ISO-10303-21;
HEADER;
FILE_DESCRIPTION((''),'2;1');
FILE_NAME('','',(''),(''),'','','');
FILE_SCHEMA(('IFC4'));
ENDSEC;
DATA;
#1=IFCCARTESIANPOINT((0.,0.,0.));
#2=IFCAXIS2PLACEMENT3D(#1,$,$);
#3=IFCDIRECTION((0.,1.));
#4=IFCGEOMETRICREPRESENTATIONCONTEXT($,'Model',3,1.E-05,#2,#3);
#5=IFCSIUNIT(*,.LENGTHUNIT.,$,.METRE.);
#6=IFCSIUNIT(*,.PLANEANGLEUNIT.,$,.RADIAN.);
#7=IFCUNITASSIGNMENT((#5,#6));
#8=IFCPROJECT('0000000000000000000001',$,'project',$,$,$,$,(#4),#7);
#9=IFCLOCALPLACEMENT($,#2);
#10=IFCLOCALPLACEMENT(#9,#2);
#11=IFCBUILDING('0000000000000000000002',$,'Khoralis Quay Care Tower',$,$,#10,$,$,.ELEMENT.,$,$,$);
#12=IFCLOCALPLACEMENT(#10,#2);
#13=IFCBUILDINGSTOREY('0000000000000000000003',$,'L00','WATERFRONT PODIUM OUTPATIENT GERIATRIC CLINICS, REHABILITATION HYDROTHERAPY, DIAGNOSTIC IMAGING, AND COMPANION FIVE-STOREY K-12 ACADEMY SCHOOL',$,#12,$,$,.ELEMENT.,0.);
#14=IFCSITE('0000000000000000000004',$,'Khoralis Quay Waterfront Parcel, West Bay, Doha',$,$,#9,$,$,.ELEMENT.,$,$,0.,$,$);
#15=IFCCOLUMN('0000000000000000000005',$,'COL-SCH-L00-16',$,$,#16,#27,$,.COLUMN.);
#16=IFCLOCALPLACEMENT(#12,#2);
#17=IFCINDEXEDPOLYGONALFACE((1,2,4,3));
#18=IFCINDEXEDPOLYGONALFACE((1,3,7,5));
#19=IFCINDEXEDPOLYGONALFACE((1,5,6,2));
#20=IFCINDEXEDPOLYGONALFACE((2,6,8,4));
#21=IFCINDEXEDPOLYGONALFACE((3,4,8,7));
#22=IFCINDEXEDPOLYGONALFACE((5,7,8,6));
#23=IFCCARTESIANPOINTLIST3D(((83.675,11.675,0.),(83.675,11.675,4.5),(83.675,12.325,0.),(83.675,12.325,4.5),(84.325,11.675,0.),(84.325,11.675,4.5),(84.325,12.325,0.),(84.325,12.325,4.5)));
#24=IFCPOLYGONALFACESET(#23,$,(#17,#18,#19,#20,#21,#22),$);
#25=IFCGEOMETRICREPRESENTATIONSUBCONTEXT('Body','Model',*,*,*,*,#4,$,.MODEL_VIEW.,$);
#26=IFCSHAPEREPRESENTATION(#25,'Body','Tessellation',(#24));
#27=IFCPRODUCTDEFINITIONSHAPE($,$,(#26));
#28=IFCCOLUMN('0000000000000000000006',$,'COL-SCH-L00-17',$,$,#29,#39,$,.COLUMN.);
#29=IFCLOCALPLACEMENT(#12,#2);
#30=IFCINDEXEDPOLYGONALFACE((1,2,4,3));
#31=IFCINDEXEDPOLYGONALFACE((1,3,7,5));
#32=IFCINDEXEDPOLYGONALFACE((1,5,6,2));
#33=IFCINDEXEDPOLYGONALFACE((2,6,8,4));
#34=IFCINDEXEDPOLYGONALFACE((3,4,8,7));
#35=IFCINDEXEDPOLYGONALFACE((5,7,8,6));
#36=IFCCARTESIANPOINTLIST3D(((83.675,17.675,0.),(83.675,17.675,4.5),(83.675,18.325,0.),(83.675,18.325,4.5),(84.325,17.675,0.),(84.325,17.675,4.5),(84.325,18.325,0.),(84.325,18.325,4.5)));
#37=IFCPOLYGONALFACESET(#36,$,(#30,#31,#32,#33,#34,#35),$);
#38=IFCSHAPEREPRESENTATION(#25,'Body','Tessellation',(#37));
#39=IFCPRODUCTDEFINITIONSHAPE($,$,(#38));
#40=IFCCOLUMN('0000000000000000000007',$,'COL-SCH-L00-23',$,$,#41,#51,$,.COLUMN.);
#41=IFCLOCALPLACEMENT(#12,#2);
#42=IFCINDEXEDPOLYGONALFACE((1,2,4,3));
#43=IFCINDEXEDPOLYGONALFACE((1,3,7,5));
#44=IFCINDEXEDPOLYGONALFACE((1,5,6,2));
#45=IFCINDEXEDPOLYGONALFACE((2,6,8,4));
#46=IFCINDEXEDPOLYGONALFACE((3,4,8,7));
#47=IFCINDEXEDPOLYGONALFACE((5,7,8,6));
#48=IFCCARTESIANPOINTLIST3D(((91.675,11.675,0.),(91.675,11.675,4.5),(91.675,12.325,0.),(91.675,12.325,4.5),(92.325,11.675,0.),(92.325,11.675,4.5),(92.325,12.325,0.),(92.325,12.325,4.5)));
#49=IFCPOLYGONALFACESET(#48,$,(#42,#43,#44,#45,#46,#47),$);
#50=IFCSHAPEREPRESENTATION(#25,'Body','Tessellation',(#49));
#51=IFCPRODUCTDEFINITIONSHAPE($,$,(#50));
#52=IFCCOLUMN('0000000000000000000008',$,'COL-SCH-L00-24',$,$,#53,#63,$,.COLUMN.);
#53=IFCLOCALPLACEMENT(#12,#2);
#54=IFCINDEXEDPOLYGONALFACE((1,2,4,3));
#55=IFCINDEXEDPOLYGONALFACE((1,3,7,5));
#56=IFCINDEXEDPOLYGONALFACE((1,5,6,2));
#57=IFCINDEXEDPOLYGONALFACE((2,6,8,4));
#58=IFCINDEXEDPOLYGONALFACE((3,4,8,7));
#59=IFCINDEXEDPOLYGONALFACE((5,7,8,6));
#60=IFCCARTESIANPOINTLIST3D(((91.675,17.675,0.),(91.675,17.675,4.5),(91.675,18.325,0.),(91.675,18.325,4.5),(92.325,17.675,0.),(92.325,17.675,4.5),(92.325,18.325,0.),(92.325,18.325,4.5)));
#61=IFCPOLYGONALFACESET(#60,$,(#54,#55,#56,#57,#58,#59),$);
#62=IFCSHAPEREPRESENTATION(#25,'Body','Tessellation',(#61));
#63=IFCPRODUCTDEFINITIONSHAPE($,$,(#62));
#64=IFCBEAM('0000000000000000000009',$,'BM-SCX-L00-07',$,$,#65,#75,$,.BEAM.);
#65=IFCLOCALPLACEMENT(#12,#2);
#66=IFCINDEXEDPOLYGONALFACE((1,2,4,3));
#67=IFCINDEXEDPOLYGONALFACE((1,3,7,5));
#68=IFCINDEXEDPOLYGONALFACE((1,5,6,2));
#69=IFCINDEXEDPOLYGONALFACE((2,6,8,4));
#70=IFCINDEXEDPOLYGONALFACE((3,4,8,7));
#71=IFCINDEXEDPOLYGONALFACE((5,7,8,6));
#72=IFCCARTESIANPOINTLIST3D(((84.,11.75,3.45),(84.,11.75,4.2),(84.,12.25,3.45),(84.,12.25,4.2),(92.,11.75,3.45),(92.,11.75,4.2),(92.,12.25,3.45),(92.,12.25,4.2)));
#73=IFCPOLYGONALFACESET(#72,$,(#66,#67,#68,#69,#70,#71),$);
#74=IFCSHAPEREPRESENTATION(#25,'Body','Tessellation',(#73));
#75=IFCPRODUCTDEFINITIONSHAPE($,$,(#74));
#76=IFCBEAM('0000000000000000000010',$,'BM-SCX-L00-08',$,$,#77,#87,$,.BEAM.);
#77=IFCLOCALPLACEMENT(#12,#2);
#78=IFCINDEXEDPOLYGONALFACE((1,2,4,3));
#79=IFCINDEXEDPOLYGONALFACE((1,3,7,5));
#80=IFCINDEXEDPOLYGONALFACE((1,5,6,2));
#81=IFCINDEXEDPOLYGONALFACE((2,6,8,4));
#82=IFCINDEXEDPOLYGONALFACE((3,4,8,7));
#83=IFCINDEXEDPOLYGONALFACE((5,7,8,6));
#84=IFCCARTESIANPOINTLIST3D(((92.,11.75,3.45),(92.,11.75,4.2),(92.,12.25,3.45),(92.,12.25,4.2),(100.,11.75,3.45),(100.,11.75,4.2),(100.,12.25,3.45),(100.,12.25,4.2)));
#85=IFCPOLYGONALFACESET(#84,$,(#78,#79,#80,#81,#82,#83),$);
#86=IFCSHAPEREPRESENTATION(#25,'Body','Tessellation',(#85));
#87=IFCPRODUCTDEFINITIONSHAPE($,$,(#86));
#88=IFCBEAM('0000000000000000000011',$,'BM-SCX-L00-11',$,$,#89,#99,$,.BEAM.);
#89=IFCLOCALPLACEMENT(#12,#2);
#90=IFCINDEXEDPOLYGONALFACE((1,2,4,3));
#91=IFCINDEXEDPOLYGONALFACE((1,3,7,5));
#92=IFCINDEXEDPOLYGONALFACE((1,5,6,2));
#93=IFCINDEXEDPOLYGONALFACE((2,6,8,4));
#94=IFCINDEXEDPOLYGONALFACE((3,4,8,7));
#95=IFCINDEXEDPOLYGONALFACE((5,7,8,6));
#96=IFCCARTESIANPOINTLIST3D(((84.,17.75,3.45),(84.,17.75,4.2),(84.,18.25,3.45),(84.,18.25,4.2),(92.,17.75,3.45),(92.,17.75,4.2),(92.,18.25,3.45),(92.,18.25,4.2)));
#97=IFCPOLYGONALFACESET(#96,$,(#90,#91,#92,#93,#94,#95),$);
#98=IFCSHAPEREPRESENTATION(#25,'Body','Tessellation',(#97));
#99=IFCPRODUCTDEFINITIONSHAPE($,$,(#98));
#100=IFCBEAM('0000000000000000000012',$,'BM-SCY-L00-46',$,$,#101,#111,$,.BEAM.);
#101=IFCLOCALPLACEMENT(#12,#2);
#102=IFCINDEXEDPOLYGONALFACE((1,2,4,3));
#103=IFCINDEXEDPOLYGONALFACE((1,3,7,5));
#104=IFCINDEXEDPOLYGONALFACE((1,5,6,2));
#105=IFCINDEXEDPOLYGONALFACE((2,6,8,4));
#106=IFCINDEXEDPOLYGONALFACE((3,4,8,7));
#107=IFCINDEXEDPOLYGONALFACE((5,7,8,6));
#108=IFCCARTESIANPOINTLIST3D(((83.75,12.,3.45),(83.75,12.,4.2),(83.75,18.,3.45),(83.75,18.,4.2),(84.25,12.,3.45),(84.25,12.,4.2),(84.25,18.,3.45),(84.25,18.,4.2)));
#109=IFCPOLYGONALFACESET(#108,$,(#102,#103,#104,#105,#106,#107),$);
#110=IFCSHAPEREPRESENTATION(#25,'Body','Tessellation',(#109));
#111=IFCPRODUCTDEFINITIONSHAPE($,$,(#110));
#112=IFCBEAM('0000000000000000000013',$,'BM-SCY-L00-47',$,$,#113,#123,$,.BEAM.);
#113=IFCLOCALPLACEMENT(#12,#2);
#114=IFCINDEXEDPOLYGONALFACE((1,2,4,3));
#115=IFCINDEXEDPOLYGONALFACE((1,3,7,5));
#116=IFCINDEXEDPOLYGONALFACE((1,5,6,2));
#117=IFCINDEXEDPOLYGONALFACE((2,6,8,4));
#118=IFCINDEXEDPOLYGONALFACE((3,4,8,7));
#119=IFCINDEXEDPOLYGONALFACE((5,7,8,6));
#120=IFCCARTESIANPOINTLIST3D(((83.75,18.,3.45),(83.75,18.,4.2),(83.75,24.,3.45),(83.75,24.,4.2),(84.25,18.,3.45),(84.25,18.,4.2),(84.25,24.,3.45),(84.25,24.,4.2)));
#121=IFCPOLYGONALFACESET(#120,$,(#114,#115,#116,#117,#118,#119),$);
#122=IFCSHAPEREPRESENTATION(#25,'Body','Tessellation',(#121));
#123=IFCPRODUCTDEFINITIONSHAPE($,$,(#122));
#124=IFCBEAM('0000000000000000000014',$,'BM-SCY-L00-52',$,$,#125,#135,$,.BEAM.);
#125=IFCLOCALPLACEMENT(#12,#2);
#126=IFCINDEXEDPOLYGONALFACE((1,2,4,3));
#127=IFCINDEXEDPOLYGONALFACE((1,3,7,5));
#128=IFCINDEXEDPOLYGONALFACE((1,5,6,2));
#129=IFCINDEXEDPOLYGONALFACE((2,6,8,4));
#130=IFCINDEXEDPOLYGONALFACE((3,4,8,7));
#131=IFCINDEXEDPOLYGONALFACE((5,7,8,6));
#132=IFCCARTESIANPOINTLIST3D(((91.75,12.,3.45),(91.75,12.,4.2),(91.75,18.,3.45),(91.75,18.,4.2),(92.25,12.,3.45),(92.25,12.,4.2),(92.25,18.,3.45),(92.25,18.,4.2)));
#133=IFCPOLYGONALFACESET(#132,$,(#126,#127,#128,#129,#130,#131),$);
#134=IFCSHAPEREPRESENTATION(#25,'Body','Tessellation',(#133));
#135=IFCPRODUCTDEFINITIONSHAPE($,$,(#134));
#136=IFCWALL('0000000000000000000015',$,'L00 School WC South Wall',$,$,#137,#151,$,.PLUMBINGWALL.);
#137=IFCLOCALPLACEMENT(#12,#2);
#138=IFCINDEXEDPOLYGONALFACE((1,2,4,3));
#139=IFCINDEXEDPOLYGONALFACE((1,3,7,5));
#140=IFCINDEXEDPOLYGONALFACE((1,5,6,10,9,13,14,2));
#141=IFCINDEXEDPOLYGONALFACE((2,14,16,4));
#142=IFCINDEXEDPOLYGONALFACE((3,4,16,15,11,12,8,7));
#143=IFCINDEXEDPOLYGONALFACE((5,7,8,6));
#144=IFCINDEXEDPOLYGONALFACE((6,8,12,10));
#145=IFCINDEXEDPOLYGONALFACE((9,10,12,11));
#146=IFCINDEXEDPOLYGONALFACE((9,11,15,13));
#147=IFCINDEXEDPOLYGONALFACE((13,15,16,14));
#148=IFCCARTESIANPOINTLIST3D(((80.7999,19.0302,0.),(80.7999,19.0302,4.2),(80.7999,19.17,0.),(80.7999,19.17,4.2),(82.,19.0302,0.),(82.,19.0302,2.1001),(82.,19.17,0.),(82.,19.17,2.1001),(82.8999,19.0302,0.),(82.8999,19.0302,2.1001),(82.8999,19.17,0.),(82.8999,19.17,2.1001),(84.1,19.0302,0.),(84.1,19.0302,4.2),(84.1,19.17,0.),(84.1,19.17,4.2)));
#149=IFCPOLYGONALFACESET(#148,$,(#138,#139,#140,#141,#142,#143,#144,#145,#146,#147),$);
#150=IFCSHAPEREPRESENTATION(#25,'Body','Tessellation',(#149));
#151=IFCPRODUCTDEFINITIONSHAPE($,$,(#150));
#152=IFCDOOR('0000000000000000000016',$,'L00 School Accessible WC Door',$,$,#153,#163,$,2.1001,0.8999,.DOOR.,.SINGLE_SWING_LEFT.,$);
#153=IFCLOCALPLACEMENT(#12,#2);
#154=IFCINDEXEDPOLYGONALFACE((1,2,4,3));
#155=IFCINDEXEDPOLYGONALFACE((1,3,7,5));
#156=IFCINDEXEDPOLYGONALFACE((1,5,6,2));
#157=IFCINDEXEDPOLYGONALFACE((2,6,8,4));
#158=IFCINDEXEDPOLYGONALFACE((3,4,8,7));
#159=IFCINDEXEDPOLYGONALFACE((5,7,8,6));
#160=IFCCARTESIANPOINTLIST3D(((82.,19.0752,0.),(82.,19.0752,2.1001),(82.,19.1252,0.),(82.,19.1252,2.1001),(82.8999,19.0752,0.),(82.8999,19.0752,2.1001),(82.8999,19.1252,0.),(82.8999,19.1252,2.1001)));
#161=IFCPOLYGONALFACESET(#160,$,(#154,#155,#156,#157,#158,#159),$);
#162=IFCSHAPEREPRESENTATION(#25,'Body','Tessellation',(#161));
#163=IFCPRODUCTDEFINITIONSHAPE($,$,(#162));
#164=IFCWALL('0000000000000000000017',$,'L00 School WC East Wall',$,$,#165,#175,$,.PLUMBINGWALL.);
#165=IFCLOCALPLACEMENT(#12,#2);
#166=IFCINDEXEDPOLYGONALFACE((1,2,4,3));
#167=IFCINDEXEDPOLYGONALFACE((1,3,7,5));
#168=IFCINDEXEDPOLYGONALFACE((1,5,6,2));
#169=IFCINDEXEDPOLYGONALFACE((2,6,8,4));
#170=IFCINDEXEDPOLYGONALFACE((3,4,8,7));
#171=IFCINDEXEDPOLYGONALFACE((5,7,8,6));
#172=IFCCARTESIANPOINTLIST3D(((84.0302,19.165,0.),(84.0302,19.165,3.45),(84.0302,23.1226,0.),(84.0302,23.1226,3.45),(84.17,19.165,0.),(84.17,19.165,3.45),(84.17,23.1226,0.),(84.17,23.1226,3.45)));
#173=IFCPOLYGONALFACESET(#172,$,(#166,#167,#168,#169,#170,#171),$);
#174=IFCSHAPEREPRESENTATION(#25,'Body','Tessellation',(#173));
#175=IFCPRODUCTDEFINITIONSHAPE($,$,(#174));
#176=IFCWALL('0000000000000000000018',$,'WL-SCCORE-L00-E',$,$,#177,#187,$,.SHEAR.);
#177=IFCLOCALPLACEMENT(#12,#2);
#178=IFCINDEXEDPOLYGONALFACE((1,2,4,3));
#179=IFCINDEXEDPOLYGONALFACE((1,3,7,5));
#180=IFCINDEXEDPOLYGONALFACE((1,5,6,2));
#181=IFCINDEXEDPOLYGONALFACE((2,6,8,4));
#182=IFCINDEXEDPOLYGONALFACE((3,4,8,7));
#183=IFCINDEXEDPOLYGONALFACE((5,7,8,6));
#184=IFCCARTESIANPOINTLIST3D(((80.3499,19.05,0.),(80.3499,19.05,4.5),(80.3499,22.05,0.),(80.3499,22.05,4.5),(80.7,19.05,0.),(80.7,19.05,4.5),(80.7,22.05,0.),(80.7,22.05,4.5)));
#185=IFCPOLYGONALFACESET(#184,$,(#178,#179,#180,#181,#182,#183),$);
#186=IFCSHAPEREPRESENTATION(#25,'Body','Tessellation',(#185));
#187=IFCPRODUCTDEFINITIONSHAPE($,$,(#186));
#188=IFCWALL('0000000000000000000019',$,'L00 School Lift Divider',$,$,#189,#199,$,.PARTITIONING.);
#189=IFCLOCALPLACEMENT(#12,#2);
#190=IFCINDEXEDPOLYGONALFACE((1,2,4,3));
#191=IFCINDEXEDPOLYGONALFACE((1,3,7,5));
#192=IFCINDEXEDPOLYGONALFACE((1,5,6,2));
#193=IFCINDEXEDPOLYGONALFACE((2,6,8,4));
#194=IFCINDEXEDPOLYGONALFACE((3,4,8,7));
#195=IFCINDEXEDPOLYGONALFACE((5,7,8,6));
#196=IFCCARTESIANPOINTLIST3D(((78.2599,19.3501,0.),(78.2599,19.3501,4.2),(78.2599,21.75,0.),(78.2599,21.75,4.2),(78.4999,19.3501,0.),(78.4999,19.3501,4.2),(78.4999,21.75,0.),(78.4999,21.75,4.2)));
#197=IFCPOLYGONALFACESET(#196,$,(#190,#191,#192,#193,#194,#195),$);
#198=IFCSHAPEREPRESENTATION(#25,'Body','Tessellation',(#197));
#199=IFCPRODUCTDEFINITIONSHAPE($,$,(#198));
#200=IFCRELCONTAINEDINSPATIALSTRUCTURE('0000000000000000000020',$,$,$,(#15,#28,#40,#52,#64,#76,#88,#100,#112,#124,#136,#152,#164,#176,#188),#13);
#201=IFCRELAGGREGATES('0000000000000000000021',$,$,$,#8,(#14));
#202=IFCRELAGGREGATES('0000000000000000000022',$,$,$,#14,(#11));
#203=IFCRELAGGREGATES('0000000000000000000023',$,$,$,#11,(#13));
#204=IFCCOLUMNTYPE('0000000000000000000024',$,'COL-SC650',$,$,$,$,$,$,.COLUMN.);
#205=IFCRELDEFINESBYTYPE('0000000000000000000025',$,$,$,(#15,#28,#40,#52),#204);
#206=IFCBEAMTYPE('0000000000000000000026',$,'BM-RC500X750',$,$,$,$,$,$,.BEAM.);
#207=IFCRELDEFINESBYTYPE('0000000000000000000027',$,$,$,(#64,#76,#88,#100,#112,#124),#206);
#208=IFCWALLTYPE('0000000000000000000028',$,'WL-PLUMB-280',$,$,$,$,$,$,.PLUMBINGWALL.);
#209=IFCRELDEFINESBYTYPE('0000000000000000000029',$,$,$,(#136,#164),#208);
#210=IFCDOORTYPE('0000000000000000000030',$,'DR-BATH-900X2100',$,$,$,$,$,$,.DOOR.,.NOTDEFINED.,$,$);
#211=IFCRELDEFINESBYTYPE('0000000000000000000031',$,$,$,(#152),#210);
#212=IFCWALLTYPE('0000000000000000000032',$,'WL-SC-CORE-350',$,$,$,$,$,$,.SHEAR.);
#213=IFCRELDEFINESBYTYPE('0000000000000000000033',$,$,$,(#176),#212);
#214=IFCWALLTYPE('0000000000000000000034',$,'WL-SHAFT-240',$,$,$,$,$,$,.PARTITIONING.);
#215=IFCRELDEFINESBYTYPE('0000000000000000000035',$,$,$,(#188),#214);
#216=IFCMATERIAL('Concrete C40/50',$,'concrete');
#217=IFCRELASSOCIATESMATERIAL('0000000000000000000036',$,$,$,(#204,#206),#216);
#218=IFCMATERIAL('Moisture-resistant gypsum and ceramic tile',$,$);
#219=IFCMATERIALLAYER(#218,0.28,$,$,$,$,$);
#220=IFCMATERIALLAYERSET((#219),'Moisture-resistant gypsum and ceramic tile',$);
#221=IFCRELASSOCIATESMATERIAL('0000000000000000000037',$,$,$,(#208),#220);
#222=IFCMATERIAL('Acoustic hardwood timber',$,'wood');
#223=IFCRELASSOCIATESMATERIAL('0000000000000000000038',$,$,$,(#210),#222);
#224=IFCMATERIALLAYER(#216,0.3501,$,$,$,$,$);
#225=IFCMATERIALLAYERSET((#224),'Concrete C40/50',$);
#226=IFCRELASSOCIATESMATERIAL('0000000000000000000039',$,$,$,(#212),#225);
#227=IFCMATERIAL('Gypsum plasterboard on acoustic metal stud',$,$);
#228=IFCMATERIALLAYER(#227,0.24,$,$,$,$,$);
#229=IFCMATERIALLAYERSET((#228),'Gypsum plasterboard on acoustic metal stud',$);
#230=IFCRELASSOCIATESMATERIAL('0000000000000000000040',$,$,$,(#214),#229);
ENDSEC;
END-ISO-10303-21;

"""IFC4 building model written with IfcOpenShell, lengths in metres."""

from ifc_helpers import new_model, si_unit, direction, frame, frame_2d, origin, origin_2d, place, context, subcontext, project, spatial, rectangle, extrude, source, transform, mapped, material, layer, layer_set, material_profile, profile_set, type_object, element, fill, save


model = new_model("IFC4")

# Units and contexts
model_context = context("Model", 3, precision=1e-05, world=origin(), true_north=direction((0.0, 1.0)))
body_context = subcontext(model_context, "Body", "Model", "MODEL_VIEW")
ifc_project = project(units=[si_unit("LENGTHUNIT", "METRE"), si_unit("PLANEANGLEUNIT", "RADIAN")], contexts=[model_context])

# Site, building, storey
site_placement = place(None, origin())
site = spatial("IfcSite", under=ifc_project, at=site_placement, Name="Khoralis Quay Waterfront Parcel, West Bay, Doha", CompositionType="ELEMENT", RefElevation=0.0)
building_placement = place(site_placement, origin())
building = spatial("IfcBuilding", under=site, at=building_placement, Name="Khoralis Quay Care Tower", CompositionType="ELEMENT")
storey_placement = place(building_placement, origin())
storey = spatial("IfcBuildingStorey", under=building, at=storey_placement, Name="L00", Description="WATERFRONT PODIUM OUTPATIENT GERIATRIC CLINICS, REHABILITATION HYDROTHERAPY, DIAGNOSTIC IMAGING, AND COMPANION FIVE-STOREY K-12 ACADEMY SCHOOL", CompositionType="ELEMENT", Elevation=0.0)

# Columns
ifc_material_1 = material(Name="Concrete C40/50", Category="concrete")
ifc_material_profile_1 = material_profile(ifc_material_1, rectangle(XDim=0.6499, YDim=0.6499, at=origin_2d()), Name="Concrete C40/50")
ifc_profile_set_1 = profile_set([ifc_material_profile_1], Name="Concrete C40/50")
column_type = type_object("IfcColumnType", Name="COL-SC650", PredefinedType="COLUMN", material=ifc_profile_set_1)
shared_shape_1 = source(origin(), body_context, "Body", "SweptSolid", [
    extrude(rectangle(XDim=0.6499, YDim=0.6499, at=origin_2d()), origin(), (0.0, 0.0, 1.0), 4.5),
])
for number, where, z_axis, x_axis, name in (
    (1, (84.0, 12.0, 0.0), (0.0, 0.0, 1.0), (1.0, 0.0, 0.0), "COL-SCH-L00-16"),
    (2, (84.0, 18.0, 0.0), (0.0, 0.0, 1.0), (1.0, 0.0, 0.0), "COL-SCH-L00-17"),
    (3, (92.0, 12.0, 0.0), (0.0, 0.0, 1.0), (1.0, 0.0, 0.0), "COL-SCH-L00-23"),
    (4, (92.0, 18.0, 0.0), (0.0, 0.0, 1.0), (1.0, 0.0, 0.0), "COL-SCH-L00-24"),
):
    element("IfcColumn", number, at=place(storey_placement, frame(where, z_axis=z_axis, x_axis=x_axis)), inside=storey, type_object=column_type, Name=name, PredefinedType="COLUMN", context=body_context, shape_type="MappedRepresentation", body=[
        mapped(shared_shape_1, transform((0.0, 0.0, 0.0), scale=1.0)),
    ])

# Beams
ifc_material_profile_2 = material_profile(ifc_material_1, rectangle(XDim=0.5, YDim=0.75, at=origin_2d()), Name="Concrete C40/50")
ifc_profile_set_2 = profile_set([ifc_material_profile_2], Name="Concrete C40/50")
beam_type = type_object("IfcBeamType", Name="BM-RC500X750", PredefinedType="BEAM", material=ifc_profile_set_2)
shared_shape_2 = source(origin(), body_context, "Body", "SweptSolid", [
    extrude(rectangle(XDim=0.5, YDim=0.75, at=origin_2d()), origin(), (0.0, 0.0, 1.0), 8.0),
])
for number, where, z_axis, x_axis, name in (
    (5, (84.0, 12.0, 3.825), (1.0, 0.0, 0.0), (0.0, 1.0, 0.0), "BM-SCX-L00-07"),
    (6, (92.0, 12.0, 3.825), (1.0, 0.0, 0.0), (0.0, 1.0, 0.0), "BM-SCX-L00-08"),
    (7, (84.0, 18.0, 3.825), (1.0, 0.0, 0.0), (0.0, 1.0, 0.0), "BM-SCX-L00-11"),
):
    element("IfcBeam", number, at=place(storey_placement, frame(where, z_axis=z_axis, x_axis=x_axis)), inside=storey, type_object=beam_type, Name=name, PredefinedType="BEAM", context=body_context, shape_type="MappedRepresentation", body=[
        mapped(shared_shape_2, transform((0.0, 0.0, 0.0), scale=1.0)),
    ])
shared_shape_3 = source(origin(), body_context, "Body", "SweptSolid", [
    extrude(rectangle(XDim=0.5, YDim=0.75, at=origin_2d()), origin(), (0.0, 0.0, 1.0), 6.0),
])
for number, where, z_axis, x_axis, name in (
    (8, (84.0, 12.0, 3.825), (0.0, 1.0, 0.0), (-1.0, 0.0, 0.0), "BM-SCY-L00-46"),
    (9, (84.0, 18.0, 3.825), (0.0, 1.0, 0.0), (-1.0, 0.0, 0.0), "BM-SCY-L00-47"),
    (10, (92.0, 12.0, 3.825), (0.0, 1.0, 0.0), (-1.0, 0.0, 0.0), "BM-SCY-L00-52"),
):
    element("IfcBeam", number, at=place(storey_placement, frame(where, z_axis=z_axis, x_axis=x_axis)), inside=storey, type_object=beam_type, Name=name, PredefinedType="BEAM", context=body_context, shape_type="MappedRepresentation", body=[
        mapped(shared_shape_3, transform((0.0, 0.0, 0.0), scale=1.0)),
    ])

# Wall, opening, door
ifc_material_2 = material(Name="Moisture-resistant gypsum and ceramic tile")
ifc_layer_1 = layer(ifc_material_2, 0.28)
ifc_layer_set_1 = layer_set([ifc_layer_1], Name="Moisture-resistant gypsum and ceramic tile")
wall_type_1 = type_object("IfcWallType", Name="WL-PLUMB-280", PredefinedType="PLUMBINGWALL", material=ifc_layer_set_1)
wall_1_placement = place(storey_placement, frame((80.8, 19.1001, 0.0), z_axis=(0.0, 0.0, 1.0), x_axis=(1.0, 0.0, 0.0)))
wall_1 = element("IfcWall", 11, at=wall_1_placement, inside=storey, type_object=wall_type_1, Name="L00 School WC South Wall", PredefinedType="PLUMBINGWALL", context=body_context, shape_type="SweptSolid", body=[
    extrude(rectangle(XDim=3.3, YDim=0.1399, at=frame_2d((1.6499, 0.0))), origin(), (0.0, 0.0, 1.0), 4.2),
])
opening_placement = place(wall_1_placement, frame((1.2, 0.0, 0.0)))
opening = element("IfcOpeningElement", 12, at=opening_placement, cuts=wall_1, PredefinedType="OPENING", context=body_context, shape_type="SweptSolid", body=[
    extrude(rectangle(XDim=0.8999, YDim=2.1001, at=frame_2d((0.45, 1.05))), frame((0.0, 0.0801, 0.0), z_axis=(0.0, -1.0, 0.0), x_axis=(1.0, 0.0, 0.0)), (0.0, 0.0, 1.0), 0.1599),
])
ifc_material_3 = material(Name="Acoustic hardwood timber", Category="wood")
door_type = type_object("IfcDoorType", Name="DR-BATH-900X2100", OperationType="NOTDEFINED", PredefinedType="DOOR", material=ifc_material_3)
shared_shape_4 = source(origin(), body_context, "Body", "SweptSolid", [
    extrude(rectangle(XDim=0.8999, YDim=2.1001, at=frame_2d((0.45, 1.05))), frame((0.0, 0.0249, 0.0), z_axis=(0.0, -1.0, 0.0), x_axis=(1.0, 0.0, 0.0)), (0.0, 0.0, 1.0), 0.05),
])
door_placement = place(opening_placement, frame((0.8999, 0.0, 0.0), z_axis=(0.0, 0.0, 1.0), x_axis=(-1.0, 0.0, 0.0)))
door = element("IfcDoor", 13, at=door_placement, inside=storey, type_object=door_type, Name="L00 School Accessible WC Door", OperationType="SINGLE_SWING_LEFT", OverallHeight=2.1001, OverallWidth=0.8999, PredefinedType="DOOR", context=body_context, shape_type="MappedRepresentation", body=[
    mapped(shared_shape_4, transform((0.0, 0.0, 0.0), scale=1.0)),
])
fill(opening, door)

# Walls
wall_2_placement = place(storey_placement, frame((84.1001, 19.165, 0.0), z_axis=(0.0, 0.0, 1.0), x_axis=(0.0, 1.0, 0.0)))
element("IfcWall", 14, at=wall_2_placement, inside=storey, type_object=wall_type_1, Name="L00 School WC East Wall", PredefinedType="PLUMBINGWALL", context=body_context, shape_type="SweptSolid", body=[
    extrude(rectangle(XDim=3.9575, YDim=0.1399, at=frame_2d((1.9788, 0.0))), origin(), (0.0, 0.0, 1.0), 3.45),
])
ifc_layer_2 = layer(ifc_material_1, 0.3501)
ifc_layer_set_2 = layer_set([ifc_layer_2], Name="Concrete C40/50")
wall_type_2 = type_object("IfcWallType", Name="WL-SC-CORE-350", PredefinedType="SHEAR", material=ifc_layer_set_2)
wall_3_placement = place(storey_placement, frame((80.5249, 19.05, 0.0), z_axis=(0.0, 0.0, 1.0), x_axis=(0.0, 1.0, 0.0)))
element("IfcWall", 15, at=wall_3_placement, inside=storey, type_object=wall_type_2, Name="WL-SCCORE-L00-E", PredefinedType="SHEAR", context=body_context, shape_type="SweptSolid", body=[
    extrude(rectangle(XDim=3.0, YDim=0.3501, at=frame_2d((1.5, 0.0))), origin(), (0.0, 0.0, 1.0), 4.5),
])
ifc_material_4 = material(Name="Gypsum plasterboard on acoustic metal stud")
ifc_layer_3 = layer(ifc_material_4, 0.24)
ifc_layer_set_3 = layer_set([ifc_layer_3], Name="Gypsum plasterboard on acoustic metal stud")
wall_type_3 = type_object("IfcWallType", Name="WL-SHAFT-240", PredefinedType="PARTITIONING", material=ifc_layer_set_3)
wall_4_placement = place(storey_placement, frame((78.3799, 19.3501, 0.0), z_axis=(0.0, 0.0, 1.0), x_axis=(0.0, 1.0, 0.0)))
element("IfcWall", 16, at=wall_4_placement, inside=storey, type_object=wall_type_3, Name="L00 School Lift Divider", PredefinedType="PARTITIONING", context=body_context, shape_type="SweptSolid", body=[
    extrude(rectangle(XDim=2.3999, YDim=0.24, at=frame_2d((1.2, 0.0))), origin(), (0.0, 0.0, 1.0), 4.2),
])

save(model, "model.ifc")
